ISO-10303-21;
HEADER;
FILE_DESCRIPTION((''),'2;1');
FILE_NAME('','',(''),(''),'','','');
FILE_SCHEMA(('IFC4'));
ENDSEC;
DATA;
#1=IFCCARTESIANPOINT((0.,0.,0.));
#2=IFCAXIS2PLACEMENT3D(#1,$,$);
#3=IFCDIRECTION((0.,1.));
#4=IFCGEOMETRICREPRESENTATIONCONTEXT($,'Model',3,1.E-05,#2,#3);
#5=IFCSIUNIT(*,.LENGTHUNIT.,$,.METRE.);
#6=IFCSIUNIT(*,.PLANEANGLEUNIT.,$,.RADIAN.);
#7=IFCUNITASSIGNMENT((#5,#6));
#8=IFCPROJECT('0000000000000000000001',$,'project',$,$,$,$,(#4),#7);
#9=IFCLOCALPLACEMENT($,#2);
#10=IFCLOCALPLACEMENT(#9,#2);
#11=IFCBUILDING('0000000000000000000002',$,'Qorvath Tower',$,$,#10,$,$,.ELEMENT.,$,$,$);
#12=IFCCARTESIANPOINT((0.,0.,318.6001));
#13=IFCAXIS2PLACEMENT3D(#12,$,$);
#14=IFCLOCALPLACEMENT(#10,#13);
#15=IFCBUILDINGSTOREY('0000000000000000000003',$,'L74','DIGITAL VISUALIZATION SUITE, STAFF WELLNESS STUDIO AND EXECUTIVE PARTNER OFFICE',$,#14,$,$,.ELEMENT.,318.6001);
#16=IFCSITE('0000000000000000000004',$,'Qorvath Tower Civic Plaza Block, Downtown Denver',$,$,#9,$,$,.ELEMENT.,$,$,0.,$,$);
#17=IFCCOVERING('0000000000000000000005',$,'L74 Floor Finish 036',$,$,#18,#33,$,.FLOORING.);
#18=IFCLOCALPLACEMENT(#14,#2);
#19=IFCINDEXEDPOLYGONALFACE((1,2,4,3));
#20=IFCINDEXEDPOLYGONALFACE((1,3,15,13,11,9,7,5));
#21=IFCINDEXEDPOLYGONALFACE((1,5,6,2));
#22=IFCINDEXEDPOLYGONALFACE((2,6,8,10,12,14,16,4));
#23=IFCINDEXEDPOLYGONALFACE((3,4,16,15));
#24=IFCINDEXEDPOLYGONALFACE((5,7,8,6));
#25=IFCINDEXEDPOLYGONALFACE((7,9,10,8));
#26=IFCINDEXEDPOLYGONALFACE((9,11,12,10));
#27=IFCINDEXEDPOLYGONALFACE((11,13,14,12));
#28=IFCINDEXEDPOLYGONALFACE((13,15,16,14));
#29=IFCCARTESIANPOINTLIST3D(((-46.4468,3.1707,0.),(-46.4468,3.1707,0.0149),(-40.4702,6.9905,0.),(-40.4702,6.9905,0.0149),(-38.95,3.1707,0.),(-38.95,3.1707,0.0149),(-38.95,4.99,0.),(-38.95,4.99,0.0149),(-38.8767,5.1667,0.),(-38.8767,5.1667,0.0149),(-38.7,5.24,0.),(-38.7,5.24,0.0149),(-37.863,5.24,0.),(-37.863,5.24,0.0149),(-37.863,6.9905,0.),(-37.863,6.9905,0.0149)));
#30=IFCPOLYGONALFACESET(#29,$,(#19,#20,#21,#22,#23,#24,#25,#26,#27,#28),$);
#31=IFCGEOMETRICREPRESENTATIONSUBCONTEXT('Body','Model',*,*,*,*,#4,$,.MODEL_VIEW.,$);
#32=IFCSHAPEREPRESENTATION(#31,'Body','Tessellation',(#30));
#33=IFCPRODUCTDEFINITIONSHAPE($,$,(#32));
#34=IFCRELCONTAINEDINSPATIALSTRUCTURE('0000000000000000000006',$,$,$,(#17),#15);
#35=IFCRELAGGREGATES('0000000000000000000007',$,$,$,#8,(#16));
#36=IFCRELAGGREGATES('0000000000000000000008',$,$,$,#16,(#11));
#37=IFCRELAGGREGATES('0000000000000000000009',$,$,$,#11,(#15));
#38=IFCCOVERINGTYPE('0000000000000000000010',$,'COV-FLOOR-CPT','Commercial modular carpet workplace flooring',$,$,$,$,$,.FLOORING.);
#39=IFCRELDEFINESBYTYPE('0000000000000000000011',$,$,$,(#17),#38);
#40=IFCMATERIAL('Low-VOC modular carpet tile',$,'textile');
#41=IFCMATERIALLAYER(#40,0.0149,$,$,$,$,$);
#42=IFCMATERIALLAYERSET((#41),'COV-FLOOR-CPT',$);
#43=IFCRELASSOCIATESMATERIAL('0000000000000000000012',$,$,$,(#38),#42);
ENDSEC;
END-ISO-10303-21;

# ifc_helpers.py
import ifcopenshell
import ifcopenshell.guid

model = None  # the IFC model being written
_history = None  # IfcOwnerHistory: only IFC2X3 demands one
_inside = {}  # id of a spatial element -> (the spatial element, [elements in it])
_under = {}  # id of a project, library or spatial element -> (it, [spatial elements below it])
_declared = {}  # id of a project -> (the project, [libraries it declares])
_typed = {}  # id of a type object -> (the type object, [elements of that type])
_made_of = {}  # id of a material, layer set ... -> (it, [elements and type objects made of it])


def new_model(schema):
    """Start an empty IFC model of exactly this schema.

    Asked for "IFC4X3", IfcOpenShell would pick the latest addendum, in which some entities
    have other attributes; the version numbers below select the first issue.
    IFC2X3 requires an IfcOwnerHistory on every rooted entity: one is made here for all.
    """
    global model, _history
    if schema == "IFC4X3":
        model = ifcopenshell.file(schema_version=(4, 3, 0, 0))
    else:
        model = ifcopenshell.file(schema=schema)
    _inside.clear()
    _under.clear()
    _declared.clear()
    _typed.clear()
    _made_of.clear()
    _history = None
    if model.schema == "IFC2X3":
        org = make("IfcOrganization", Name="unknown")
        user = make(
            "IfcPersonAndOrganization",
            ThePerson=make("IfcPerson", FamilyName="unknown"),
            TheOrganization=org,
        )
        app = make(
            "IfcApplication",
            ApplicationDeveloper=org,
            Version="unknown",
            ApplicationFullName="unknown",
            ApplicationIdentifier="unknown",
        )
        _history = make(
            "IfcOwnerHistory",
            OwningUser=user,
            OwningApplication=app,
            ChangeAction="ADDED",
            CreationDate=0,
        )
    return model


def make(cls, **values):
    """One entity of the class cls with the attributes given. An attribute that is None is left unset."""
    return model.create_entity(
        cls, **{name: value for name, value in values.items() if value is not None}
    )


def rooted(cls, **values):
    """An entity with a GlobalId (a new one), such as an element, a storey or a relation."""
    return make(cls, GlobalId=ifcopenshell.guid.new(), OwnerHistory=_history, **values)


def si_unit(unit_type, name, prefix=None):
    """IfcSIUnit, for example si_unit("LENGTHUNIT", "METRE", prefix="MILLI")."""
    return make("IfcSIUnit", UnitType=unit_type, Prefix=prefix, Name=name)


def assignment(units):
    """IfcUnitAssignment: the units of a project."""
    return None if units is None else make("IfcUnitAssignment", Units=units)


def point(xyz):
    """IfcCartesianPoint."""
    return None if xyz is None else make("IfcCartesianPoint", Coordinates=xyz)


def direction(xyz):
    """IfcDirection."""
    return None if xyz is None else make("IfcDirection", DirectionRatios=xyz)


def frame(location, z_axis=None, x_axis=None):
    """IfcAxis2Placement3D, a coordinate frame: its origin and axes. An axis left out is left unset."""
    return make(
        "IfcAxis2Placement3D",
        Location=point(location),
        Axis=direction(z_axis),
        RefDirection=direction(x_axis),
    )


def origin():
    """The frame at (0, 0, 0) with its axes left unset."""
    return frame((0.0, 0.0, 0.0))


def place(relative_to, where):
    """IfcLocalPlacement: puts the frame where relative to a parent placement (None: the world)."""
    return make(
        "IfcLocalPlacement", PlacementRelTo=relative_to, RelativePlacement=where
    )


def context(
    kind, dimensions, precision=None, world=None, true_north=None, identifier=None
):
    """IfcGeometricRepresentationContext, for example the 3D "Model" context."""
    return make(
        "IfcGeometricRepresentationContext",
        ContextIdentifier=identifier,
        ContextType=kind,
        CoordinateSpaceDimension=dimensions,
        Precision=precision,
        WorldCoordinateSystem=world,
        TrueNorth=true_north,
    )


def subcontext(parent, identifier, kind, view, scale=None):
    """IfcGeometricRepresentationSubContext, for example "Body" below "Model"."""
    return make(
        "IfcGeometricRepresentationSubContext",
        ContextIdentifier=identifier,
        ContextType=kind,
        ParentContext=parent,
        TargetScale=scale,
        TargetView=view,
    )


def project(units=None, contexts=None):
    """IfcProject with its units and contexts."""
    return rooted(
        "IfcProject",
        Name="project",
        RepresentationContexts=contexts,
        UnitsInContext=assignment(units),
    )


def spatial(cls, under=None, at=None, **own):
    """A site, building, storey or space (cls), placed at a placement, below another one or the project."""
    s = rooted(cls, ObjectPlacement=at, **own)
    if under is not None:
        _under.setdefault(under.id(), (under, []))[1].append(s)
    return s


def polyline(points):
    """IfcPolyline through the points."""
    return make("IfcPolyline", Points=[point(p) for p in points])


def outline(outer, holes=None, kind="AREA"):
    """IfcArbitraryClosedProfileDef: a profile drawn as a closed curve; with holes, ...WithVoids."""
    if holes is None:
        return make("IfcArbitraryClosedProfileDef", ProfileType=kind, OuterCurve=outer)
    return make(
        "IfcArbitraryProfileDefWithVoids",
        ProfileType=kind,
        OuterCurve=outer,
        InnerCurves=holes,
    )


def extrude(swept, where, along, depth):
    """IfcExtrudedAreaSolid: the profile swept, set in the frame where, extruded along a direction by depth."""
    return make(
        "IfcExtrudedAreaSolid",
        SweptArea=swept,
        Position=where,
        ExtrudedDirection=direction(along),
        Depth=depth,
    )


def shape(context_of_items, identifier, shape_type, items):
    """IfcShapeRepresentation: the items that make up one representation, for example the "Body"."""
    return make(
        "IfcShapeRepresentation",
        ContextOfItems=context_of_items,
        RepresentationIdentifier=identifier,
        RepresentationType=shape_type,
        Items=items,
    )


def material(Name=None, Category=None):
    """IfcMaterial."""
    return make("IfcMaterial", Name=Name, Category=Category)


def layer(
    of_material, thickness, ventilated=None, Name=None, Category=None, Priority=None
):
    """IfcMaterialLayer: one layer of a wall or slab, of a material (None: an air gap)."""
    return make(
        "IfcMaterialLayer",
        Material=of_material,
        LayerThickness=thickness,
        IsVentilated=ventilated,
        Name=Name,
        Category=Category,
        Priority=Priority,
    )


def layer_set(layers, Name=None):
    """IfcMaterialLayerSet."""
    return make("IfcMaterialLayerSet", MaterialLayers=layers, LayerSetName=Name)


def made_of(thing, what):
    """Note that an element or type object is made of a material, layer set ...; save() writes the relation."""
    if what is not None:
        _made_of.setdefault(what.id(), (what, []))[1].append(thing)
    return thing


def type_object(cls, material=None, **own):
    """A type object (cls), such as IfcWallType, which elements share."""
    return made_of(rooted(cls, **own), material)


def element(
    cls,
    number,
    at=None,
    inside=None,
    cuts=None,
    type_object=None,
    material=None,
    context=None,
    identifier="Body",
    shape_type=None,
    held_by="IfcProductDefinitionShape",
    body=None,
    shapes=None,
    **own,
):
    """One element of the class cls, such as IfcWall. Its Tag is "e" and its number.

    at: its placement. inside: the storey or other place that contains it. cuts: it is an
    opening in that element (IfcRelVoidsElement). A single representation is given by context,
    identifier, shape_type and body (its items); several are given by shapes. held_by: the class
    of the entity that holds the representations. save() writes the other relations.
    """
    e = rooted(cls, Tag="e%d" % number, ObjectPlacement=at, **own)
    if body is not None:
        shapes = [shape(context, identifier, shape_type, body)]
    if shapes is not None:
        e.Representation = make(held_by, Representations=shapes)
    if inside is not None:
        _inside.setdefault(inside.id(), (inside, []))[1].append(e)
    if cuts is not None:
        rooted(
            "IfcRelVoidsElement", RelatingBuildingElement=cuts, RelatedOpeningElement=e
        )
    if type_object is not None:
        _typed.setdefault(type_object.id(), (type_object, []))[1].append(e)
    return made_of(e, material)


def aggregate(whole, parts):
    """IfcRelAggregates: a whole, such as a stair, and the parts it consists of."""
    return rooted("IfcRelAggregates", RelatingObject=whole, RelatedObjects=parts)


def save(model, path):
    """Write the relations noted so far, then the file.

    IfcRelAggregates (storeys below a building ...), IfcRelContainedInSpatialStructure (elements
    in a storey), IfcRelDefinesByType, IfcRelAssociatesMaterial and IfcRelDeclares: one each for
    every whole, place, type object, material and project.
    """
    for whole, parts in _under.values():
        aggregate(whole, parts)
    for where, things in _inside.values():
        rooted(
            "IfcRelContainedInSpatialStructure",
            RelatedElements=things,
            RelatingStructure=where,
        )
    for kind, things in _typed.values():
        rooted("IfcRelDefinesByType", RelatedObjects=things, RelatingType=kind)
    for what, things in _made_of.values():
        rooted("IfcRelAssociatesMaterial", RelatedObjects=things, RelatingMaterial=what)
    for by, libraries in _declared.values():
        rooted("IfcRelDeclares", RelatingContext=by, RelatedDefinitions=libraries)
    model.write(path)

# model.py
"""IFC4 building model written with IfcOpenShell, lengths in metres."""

from ifc_helpers import new_model, si_unit, direction, frame, origin, place, context, subcontext, project, spatial, polyline, outline, extrude, material, layer, layer_set, type_object, element, save


model = new_model("IFC4")

# Units and contexts
model_context = context("Model", 3, precision=1e-05, world=origin(), true_north=direction((0.0, 1.0)))
body_context = subcontext(model_context, "Body", "Model", "MODEL_VIEW")
ifc_project = project(units=[si_unit("LENGTHUNIT", "METRE"), si_unit("PLANEANGLEUNIT", "RADIAN")], contexts=[model_context])

# Site, building, storey
site_placement = place(None, origin())
site = spatial("IfcSite", under=ifc_project, at=site_placement, Name="Qorvath Tower Civic Plaza Block, Downtown Denver", CompositionType="ELEMENT", RefElevation=0.0)
building_placement = place(site_placement, origin())
building = spatial("IfcBuilding", under=site, at=building_placement, Name="Qorvath Tower", CompositionType="ELEMENT")
storey_placement = place(building_placement, frame((0.0, 0.0, 318.6001)))
storey = spatial("IfcBuildingStorey", under=building, at=storey_placement, Name="L74", Description="DIGITAL VISUALIZATION SUITE, STAFF WELLNESS STUDIO AND EXECUTIVE PARTNER OFFICE", CompositionType="ELEMENT", Elevation=318.6001)

# Covering
ifc_material_1 = material(Name="Low-VOC modular carpet tile", Category="textile")
ifc_layer_1 = layer(ifc_material_1, 0.0149)
ifc_layer_set_1 = layer_set([ifc_layer_1], Name="COV-FLOOR-CPT")
covering_type_1 = type_object("IfcCoveringType", Name="COV-FLOOR-CPT", Description="Commercial modular carpet workplace flooring", PredefinedType="FLOORING", material=ifc_layer_set_1)
covering_1_placement = place(storey_placement, origin())
element("IfcCovering", 1, at=covering_1_placement, inside=storey, type_object=covering_type_1, Name="L74 Floor Finish 036", PredefinedType="FLOORING", context=body_context, shape_type="SweptSolid", body=[
    extrude(outline(polyline([(-38.95, 3.1707), (-38.95, 4.99), (-38.8767, 5.1667), (-38.7, 5.24), (-37.863, 5.24), (-37.863, 6.9905), (-40.4702, 6.9905), (-46.4468, 3.1707), (-38.95, 3.1707)])), origin(), (0.0, 0.0, 1.0), 0.0149),
])

save(model, "model.ifc")
